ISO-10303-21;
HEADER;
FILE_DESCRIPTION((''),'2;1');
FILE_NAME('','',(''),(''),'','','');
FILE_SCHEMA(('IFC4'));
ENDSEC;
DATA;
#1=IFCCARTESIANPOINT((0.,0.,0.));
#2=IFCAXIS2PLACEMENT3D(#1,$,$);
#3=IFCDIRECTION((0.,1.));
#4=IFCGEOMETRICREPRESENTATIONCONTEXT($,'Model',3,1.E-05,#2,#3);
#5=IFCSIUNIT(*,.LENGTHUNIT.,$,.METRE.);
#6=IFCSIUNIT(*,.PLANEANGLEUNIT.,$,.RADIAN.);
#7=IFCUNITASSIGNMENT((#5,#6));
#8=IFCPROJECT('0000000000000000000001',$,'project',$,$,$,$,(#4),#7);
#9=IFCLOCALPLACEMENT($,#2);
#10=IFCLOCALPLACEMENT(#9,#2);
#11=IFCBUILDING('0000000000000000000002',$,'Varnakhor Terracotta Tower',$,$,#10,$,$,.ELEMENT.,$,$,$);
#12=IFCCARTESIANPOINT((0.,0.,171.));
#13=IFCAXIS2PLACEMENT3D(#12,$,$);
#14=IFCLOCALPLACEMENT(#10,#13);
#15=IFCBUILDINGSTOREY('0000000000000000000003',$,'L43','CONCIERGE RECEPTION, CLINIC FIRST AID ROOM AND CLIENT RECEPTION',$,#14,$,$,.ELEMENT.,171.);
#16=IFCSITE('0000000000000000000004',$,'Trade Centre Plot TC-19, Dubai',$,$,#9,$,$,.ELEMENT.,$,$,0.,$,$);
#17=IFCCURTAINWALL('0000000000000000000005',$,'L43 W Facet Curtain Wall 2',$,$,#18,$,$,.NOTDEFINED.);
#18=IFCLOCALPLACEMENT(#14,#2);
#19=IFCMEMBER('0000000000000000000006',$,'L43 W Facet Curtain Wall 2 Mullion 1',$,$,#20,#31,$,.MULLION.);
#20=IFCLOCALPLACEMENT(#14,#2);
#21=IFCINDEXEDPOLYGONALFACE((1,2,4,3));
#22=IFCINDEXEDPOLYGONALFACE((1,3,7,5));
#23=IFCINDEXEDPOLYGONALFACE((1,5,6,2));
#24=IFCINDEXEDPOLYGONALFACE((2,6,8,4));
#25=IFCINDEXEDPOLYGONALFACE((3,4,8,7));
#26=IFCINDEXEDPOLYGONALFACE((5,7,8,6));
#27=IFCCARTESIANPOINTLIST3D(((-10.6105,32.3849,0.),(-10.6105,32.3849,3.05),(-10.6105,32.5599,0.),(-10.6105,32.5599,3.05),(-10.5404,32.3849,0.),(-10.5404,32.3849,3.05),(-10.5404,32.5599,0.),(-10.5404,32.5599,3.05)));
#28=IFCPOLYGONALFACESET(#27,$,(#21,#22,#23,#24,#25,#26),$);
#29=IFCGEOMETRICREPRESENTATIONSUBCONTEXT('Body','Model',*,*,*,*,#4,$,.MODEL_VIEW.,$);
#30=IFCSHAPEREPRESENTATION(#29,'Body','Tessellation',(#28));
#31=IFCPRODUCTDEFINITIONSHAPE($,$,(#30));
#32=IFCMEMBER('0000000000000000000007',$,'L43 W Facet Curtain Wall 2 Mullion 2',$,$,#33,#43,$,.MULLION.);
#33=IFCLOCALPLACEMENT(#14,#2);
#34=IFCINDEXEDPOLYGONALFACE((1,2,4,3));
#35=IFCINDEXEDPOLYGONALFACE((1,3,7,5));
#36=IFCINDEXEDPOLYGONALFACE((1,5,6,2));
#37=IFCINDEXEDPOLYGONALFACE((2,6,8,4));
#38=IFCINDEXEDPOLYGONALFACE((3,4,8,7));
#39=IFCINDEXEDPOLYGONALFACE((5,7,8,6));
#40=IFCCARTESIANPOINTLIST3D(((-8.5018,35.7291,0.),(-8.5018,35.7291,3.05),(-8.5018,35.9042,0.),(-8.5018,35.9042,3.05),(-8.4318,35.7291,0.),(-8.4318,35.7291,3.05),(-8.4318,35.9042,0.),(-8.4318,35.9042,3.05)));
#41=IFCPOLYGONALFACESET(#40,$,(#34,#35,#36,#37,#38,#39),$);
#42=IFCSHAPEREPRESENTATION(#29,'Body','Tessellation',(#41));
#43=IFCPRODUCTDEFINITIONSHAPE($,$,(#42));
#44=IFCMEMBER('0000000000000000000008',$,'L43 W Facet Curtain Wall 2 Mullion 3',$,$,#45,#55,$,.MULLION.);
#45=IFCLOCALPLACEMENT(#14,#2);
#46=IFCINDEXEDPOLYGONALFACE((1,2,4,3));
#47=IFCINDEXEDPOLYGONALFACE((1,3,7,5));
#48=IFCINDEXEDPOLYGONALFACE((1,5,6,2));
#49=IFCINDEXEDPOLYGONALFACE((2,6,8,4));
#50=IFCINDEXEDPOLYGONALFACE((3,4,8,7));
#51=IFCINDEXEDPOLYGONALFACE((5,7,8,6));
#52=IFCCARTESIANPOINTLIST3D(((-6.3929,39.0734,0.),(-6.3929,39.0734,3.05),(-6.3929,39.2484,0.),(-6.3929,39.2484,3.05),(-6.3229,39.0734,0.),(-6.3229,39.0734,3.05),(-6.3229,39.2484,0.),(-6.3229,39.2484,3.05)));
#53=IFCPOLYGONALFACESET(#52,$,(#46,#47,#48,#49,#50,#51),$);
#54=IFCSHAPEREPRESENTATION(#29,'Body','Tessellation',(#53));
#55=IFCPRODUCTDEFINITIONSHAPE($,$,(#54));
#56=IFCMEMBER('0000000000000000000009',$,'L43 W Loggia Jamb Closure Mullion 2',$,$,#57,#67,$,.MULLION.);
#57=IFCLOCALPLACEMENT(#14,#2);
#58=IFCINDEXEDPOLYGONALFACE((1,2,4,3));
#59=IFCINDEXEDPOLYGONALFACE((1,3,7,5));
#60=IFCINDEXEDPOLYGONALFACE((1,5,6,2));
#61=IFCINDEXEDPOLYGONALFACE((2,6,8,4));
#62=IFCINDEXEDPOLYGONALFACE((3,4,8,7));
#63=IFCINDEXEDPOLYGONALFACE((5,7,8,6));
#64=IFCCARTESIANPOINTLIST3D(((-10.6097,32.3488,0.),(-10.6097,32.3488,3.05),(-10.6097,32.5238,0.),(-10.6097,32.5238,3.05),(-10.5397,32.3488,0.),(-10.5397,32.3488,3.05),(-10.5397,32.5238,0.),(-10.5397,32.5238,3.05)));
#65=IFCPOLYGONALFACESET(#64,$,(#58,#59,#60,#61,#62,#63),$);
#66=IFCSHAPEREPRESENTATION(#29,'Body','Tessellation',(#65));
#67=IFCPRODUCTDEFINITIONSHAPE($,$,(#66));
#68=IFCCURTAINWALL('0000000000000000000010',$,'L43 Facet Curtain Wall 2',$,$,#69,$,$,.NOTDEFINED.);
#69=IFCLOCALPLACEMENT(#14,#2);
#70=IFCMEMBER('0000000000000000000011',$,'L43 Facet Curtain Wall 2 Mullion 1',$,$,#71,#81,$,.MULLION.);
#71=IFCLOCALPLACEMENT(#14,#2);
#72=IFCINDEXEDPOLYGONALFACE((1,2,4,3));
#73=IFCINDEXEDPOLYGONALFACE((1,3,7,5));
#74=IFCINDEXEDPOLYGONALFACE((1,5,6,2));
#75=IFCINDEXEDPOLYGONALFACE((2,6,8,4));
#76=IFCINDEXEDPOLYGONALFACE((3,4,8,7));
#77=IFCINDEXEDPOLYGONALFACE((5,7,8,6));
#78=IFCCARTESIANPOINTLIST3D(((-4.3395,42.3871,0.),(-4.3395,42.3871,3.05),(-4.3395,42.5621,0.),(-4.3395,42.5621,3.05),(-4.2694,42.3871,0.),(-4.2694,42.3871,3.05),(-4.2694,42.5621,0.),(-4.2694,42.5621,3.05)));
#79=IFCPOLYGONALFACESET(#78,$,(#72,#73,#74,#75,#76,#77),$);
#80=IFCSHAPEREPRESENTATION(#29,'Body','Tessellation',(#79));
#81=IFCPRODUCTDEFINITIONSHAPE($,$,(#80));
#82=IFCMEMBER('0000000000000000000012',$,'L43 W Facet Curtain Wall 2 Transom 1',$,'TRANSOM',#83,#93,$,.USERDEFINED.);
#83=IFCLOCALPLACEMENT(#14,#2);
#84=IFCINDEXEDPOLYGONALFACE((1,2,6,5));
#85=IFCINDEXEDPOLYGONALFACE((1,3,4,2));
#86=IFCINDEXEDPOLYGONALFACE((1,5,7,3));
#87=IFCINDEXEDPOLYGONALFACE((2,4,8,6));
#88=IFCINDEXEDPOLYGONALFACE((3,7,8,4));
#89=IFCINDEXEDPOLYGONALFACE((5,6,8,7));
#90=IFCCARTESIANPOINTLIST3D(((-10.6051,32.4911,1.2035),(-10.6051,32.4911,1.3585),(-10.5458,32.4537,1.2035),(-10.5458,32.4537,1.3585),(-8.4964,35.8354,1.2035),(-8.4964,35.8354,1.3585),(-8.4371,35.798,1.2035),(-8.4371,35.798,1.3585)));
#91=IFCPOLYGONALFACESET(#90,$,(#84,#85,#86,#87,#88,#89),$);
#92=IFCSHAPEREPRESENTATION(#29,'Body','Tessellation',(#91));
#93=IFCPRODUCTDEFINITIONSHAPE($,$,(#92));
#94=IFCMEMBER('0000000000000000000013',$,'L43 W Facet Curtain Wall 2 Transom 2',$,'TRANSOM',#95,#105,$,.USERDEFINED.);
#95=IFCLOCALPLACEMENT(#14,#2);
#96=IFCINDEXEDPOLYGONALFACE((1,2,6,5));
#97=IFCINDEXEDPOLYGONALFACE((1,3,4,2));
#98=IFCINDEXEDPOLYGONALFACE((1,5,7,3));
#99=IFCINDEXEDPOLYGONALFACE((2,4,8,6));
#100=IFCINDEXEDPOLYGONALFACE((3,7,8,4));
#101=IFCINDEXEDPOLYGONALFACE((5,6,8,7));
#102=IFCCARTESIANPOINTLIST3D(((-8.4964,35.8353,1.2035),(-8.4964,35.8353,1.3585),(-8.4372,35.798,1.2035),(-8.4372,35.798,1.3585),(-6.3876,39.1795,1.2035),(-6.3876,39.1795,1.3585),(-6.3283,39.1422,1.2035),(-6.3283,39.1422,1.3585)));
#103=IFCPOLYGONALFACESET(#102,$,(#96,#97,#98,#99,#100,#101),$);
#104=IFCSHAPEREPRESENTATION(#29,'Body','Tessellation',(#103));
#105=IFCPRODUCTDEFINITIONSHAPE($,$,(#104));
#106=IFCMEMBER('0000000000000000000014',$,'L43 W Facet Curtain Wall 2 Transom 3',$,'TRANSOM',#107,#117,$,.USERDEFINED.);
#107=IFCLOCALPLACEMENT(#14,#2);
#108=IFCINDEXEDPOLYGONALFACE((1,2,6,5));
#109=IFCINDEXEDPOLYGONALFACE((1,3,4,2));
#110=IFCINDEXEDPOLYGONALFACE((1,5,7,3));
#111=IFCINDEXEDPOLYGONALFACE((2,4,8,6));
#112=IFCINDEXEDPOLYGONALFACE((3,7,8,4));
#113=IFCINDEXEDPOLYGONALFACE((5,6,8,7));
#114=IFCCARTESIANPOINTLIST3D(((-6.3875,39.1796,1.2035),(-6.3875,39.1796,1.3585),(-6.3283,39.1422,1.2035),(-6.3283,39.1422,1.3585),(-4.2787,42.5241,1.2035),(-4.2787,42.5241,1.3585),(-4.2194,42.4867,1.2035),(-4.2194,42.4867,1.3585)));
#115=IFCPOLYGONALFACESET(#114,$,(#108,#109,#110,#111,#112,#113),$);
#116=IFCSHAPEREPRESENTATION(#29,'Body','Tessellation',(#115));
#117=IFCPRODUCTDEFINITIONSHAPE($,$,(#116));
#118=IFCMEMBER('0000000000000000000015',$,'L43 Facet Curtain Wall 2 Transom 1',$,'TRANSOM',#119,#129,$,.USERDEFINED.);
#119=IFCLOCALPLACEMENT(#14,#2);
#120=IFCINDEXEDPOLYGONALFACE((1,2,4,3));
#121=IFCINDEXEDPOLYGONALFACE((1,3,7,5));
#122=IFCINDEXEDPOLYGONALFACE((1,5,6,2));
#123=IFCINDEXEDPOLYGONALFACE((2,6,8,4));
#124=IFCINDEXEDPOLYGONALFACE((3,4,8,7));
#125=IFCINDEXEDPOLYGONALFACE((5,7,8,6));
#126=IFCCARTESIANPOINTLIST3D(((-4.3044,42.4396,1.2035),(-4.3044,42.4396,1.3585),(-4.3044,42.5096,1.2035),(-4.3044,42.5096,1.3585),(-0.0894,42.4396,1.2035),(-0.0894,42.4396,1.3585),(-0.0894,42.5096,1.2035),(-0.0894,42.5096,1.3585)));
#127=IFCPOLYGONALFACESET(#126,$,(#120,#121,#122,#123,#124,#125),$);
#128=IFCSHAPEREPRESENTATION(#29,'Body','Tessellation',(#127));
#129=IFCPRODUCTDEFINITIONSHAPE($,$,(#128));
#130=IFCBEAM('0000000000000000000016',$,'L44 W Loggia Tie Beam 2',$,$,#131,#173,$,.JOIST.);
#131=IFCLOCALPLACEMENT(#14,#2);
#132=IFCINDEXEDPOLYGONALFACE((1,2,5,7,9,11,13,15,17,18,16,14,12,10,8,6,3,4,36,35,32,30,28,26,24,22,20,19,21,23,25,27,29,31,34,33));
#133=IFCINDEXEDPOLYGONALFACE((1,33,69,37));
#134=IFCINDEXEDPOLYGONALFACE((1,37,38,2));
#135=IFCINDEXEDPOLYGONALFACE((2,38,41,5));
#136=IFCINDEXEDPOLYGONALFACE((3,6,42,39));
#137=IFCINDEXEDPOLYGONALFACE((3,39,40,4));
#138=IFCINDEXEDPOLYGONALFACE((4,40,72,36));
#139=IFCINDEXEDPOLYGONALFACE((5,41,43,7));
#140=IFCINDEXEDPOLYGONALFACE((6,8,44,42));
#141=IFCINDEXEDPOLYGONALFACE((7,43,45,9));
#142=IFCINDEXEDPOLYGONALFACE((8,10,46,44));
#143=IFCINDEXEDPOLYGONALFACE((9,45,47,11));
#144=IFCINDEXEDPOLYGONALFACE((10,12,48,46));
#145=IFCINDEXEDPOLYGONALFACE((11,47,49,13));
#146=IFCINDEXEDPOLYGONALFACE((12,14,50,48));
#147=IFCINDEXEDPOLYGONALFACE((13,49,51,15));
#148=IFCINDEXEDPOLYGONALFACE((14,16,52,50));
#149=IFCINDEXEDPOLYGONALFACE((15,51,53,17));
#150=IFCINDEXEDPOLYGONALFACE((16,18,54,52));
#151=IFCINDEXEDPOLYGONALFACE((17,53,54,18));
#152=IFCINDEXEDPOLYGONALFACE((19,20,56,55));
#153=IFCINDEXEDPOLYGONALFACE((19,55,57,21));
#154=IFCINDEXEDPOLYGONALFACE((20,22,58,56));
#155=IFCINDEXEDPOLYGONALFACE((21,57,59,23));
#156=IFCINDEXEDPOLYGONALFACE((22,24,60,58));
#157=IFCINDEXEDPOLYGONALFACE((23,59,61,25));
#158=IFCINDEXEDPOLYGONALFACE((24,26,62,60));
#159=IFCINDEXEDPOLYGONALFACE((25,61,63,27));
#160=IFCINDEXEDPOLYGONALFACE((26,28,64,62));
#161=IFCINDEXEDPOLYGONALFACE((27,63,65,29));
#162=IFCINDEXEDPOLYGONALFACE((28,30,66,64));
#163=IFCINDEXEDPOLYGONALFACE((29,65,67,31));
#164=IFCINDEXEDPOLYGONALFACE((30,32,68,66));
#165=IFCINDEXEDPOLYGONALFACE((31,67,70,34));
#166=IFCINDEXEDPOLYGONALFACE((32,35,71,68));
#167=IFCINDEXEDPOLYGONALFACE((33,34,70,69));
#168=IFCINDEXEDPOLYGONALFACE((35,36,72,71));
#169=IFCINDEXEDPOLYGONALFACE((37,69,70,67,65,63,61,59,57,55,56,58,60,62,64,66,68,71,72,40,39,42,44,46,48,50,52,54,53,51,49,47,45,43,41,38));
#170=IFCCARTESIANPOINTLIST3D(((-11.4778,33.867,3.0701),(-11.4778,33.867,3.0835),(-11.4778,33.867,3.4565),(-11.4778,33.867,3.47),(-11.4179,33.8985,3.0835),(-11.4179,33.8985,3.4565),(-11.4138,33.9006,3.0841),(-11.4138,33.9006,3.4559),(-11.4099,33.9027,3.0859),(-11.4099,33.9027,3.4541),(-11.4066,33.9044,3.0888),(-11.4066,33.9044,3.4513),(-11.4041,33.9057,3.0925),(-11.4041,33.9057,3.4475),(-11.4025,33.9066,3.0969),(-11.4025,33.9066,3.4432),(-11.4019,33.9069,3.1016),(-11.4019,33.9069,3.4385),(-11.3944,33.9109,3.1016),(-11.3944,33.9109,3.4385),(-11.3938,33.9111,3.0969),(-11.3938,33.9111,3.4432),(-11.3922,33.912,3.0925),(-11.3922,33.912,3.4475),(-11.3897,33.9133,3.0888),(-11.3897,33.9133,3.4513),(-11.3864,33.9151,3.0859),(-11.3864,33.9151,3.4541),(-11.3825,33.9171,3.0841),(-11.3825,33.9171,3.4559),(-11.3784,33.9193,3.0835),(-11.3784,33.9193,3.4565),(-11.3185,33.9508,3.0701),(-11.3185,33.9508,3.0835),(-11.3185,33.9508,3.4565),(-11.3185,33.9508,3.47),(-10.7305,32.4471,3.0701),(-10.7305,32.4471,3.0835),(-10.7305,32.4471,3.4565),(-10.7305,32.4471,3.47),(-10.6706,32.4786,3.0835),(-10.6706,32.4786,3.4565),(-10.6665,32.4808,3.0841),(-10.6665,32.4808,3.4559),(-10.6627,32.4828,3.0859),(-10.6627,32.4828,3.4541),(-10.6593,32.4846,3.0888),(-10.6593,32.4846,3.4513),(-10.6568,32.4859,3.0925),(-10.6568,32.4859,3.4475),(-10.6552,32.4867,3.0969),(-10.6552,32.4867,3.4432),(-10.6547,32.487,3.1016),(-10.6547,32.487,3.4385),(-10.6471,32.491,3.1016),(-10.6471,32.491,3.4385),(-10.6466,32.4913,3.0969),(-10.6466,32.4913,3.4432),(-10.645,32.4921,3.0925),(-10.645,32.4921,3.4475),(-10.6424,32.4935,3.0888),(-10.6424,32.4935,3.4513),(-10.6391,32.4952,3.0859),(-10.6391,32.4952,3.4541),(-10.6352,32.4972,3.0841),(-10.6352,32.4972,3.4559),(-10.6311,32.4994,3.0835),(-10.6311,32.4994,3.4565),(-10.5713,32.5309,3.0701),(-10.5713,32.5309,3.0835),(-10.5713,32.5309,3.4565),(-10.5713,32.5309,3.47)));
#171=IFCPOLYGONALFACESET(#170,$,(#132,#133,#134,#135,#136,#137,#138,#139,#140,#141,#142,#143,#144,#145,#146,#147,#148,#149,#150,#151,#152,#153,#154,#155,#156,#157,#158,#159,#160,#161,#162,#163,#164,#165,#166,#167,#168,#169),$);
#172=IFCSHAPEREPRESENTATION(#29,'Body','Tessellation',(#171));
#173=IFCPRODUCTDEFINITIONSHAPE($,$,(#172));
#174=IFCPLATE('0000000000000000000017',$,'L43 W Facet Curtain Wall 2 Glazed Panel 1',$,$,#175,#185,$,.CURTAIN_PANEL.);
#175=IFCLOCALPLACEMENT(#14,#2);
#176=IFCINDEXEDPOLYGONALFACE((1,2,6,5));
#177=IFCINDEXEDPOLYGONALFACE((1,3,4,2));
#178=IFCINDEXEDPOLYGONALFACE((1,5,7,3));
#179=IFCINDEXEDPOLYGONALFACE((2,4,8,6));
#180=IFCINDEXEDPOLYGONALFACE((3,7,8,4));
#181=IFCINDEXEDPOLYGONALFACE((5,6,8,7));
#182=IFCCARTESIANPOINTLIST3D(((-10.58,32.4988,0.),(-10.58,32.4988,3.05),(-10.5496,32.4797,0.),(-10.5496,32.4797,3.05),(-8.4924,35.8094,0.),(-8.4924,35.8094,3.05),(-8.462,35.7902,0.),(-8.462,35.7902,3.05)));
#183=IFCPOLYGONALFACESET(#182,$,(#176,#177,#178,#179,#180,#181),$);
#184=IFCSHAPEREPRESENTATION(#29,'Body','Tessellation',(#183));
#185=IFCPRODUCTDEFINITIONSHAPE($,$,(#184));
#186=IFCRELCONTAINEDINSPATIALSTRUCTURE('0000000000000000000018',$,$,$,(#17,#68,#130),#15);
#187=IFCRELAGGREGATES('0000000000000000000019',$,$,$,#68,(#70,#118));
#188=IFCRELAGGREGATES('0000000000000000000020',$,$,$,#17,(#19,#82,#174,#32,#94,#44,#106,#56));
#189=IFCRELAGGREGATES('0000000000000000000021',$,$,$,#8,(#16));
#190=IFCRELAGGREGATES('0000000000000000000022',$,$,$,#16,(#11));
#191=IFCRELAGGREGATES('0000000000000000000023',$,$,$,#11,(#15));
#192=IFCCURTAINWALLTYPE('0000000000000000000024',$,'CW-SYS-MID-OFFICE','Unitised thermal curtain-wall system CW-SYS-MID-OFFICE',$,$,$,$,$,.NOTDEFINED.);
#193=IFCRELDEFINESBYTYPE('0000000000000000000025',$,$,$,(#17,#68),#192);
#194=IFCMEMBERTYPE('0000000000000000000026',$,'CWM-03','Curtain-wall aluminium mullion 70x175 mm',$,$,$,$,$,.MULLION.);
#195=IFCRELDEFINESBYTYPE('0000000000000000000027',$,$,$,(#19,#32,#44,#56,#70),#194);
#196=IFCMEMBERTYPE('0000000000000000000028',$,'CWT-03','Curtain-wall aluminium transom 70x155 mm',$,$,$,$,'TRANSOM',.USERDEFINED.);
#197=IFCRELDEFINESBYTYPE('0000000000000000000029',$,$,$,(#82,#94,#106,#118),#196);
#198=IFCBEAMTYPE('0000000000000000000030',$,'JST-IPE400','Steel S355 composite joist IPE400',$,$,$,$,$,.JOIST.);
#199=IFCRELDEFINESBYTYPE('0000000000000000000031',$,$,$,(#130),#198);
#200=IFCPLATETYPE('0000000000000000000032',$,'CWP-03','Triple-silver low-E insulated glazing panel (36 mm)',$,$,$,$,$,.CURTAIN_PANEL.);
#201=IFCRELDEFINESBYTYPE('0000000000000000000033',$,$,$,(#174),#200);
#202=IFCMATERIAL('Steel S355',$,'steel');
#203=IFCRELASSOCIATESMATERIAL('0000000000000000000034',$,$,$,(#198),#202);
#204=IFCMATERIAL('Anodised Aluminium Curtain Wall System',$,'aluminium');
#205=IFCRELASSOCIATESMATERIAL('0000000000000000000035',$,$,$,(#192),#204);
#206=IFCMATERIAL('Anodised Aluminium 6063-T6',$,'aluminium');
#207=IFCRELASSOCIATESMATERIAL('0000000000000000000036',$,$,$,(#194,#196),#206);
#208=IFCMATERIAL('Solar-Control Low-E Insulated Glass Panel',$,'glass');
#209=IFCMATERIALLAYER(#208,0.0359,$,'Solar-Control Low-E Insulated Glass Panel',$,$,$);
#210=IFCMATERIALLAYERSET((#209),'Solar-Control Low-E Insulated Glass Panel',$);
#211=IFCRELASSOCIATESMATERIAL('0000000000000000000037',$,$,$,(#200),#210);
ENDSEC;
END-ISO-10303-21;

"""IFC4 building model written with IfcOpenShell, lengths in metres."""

from ifc_helpers import new_model, si_unit, direction, frame, origin, origin_2d, place, context, subcontext, project, spatial, rectangle, i_section, extrude, source, transform, mapped, material, layer, layer_set, material_profile, profile_set, type_object, element, aggregate, save


model = new_model("IFC4")

# Units and contexts
model_context = context("Model", 3, precision=1e-05, world=origin(), true_north=direction((0.0, 1.0)))
body_context = subcontext(model_context, "Body", "Model", "MODEL_VIEW")
ifc_project = project(units=[si_unit("LENGTHUNIT", "METRE"), si_unit("PLANEANGLEUNIT", "RADIAN")], contexts=[model_context])

# Site, building, storey
site_placement = place(None, origin())
site = spatial("IfcSite", under=ifc_project, at=site_placement, Name="Trade Centre Plot TC-19, Dubai", CompositionType="ELEMENT", RefElevation=0.0)
building_placement = place(site_placement, origin())
building = spatial("IfcBuilding", under=site, at=building_placement, Name="Varnakhor Terracotta Tower", CompositionType="ELEMENT")
storey_placement = place(building_placement, frame((0.0, 0.0, 171.0)))
storey = spatial("IfcBuildingStorey", under=building, at=storey_placement, Name="L43", Description="CONCIERGE RECEPTION, CLINIC FIRST AID ROOM AND CLIENT RECEPTION", CompositionType="ELEMENT", Elevation=171.0)

# Shared definitions
ifc_material_1 = material(Name="Steel S355", Category="steel")
ifc_material_profile_1 = material_profile(ifc_material_1, i_section(OverallWidth=0.1799, OverallDepth=0.3999, WebThickness=0.0085, FlangeThickness=0.0134, FilletRadius=0.0181, at=origin_2d()), Name="IPE400")
ifc_profile_set_1 = profile_set([ifc_material_profile_1], Name="Steel S355")
beam_type_1 = type_object("IfcBeamType", Name="JST-IPE400", Description="Steel S355 composite joist IPE400", PredefinedType="JOIST", material=ifc_profile_set_1)

# Curtain wall, members
ifc_material_2 = material(Name="Anodised Aluminium Curtain Wall System", Category="aluminium")
curtain_wall_type = type_object("IfcCurtainWallType", Name="CW-SYS-MID-OFFICE", Description="Unitised thermal curtain-wall system CW-SYS-MID-OFFICE", PredefinedType="NOTDEFINED", material=ifc_material_2)
curtain_wall_1_placement = place(storey_placement, origin())
curtain_wall_1 = element("IfcCurtainWall", 1, at=curtain_wall_1_placement, inside=storey, type_object=curtain_wall_type, Name="L43 W Facet Curtain Wall 2", PredefinedType="NOTDEFINED")
ifc_material_3 = material(Name="Anodised Aluminium 6063-T6", Category="aluminium")
ifc_material_profile_2 = material_profile(ifc_material_3, rectangle(XDim=0.0701, YDim=0.175, at=origin_2d()), Name="ALU MULLION 70x175")
ifc_profile_set_2 = profile_set([ifc_material_profile_2], Name="Anodised Aluminium 6063-T6")
member_type_1 = type_object("IfcMemberType", Name="CWM-03", Description="Curtain-wall aluminium mullion 70x175 mm", PredefinedType="MULLION", material=ifc_profile_set_2)
shared_shape_1 = source(origin(), body_context, "Body", "SweptSolid", [
    extrude(rectangle(XDim=0.0701, YDim=0.175, at=origin_2d()), origin(), (0.0, 0.0, 1.0), 3.05),
])
member_1_placement = place(storey_placement, frame((-10.5754, 32.4724, 0.0), z_axis=(0.0, 0.0, 1.0), x_axis=(1.0, 0.0, 0.0)))
member_1 = element("IfcMember", 2, at=member_1_placement, type_object=member_type_1, Name="L43 W Facet Curtain Wall 2 Mullion 1", PredefinedType="MULLION", context=body_context, shape_type="MappedRepresentation", body=[
    mapped(shared_shape_1, transform((0.0, 0.0, 0.0), scale=1.0)),
])
member_2_placement = place(storey_placement, frame((-8.4668, 35.8167, 0.0), z_axis=(0.0, 0.0, 1.0), x_axis=(1.0, 0.0, 0.0)))
member_2 = element("IfcMember", 3, at=member_2_placement, type_object=member_type_1, Name="L43 W Facet Curtain Wall 2 Mullion 2", PredefinedType="MULLION", context=body_context, shape_type="MappedRepresentation", body=[
    mapped(shared_shape_1, transform((0.0, 0.0, 0.0), scale=1.0)),
])
member_3_placement = place(storey_placement, frame((-6.3579, 39.1609, 0.0), z_axis=(0.0, 0.0, 1.0), x_axis=(1.0, 0.0, 0.0)))
member_3 = element("IfcMember", 4, at=member_3_placement, type_object=member_type_1, Name="L43 W Facet Curtain Wall 2 Mullion 3", PredefinedType="MULLION", context=body_context, shape_type="MappedRepresentation", body=[
    mapped(shared_shape_1, transform((0.0, 0.0, 0.0), scale=1.0)),
])
member_4_placement = place(storey_placement, frame((-10.5747, 32.4363, 0.0), z_axis=(0.0, 0.0, 1.0), x_axis=(1.0, 0.0, 0.0)))
member_4 = element("IfcMember", 5, at=member_4_placement, type_object=member_type_1, Name="L43 W Loggia Jamb Closure Mullion 2", PredefinedType="MULLION", context=body_context, shape_type="MappedRepresentation", body=[
    mapped(shared_shape_1, transform((0.0, 0.0, 0.0), scale=1.0)),
])

# Curtain wall, member
curtain_wall_2_placement = place(storey_placement, origin())
curtain_wall_2 = element("IfcCurtainWall", 6, at=curtain_wall_2_placement, inside=storey, type_object=curtain_wall_type, Name="L43 Facet Curtain Wall 2", PredefinedType="NOTDEFINED")
member_5_placement = place(storey_placement, frame((-4.3044, 42.4746, 0.0), z_axis=(0.0, 0.0, 1.0), x_axis=(1.0, 0.0, 0.0)))
member_5 = element("IfcMember", 7, at=member_5_placement, type_object=member_type_1, Name="L43 Facet Curtain Wall 2 Mullion 1", PredefinedType="MULLION", context=body_context, shape_type="MappedRepresentation", body=[
    mapped(shared_shape_1, transform((0.0, 0.0, 0.0), scale=1.0)),
])

# Members
ifc_material_profile_3 = material_profile(ifc_material_3, rectangle(XDim=0.0701, YDim=0.155, at=origin_2d()), Name="ALU TRANSOM 70x155")
ifc_profile_set_3 = profile_set([ifc_material_profile_3], Name="Anodised Aluminium 6063-T6")
member_type_2 = type_object("IfcMemberType", Name="CWT-03", Description="Curtain-wall aluminium transom 70x155 mm", ElementType="TRANSOM", PredefinedType="USERDEFINED", material=ifc_profile_set_3)
shared_shape_2 = source(origin(), body_context, "Body", "SweptSolid", [
    extrude(rectangle(XDim=0.0701, YDim=0.155, at=origin_2d()), origin(), (0.0, 0.0, 1.0), 3.9536),
])
member_6_placement = place(storey_placement, frame((-10.5754, 32.4724, 1.281), z_axis=(0.533359, 0.845889, 0.0), x_axis=(-0.845889, 0.533359, 0.0)))
member_6 = element("IfcMember", 8, at=member_6_placement, type_object=member_type_2, Name="L43 W Facet Curtain Wall 2 Transom 1", ObjectType="TRANSOM", PredefinedType="USERDEFINED", context=body_context, shape_type="MappedRepresentation", body=[
    mapped(shared_shape_2, transform((0.0, 0.0, 0.0), scale=1.0)),
])
member_7_placement = place(storey_placement, frame((-8.4668, 35.8167, 1.281), z_axis=(0.533403, 0.845861, 0.0), x_axis=(-0.845861, 0.533403, 0.0)))
member_7 = element("IfcMember", 9, at=member_7_placement, type_object=member_type_2, Name="L43 W Facet Curtain Wall 2 Transom 2", ObjectType="TRANSOM", PredefinedType="USERDEFINED", context=body_context, shape_type="MappedRepresentation", body=[
    mapped(shared_shape_2, transform((0.0, 0.0, 0.0), scale=1.0)),
])
shared_shape_3 = source(origin(), body_context, "Body", "SweptSolid", [
    extrude(rectangle(XDim=0.0701, YDim=0.155, at=origin_2d()), origin(), (0.0, 0.0, 1.0), 3.9539),
])
member_8_placement = place(storey_placement, frame((-6.3579, 39.1609, 1.281), z_axis=(0.533375, 0.845879, 0.0), x_axis=(-0.845879, 0.533375, 0.0)))
member_8 = element("IfcMember", 10, at=member_8_placement, type_object=member_type_2, Name="L43 W Facet Curtain Wall 2 Transom 3", ObjectType="TRANSOM", PredefinedType="USERDEFINED", context=body_context, shape_type="MappedRepresentation", body=[
    mapped(shared_shape_3, transform((0.0, 0.0, 0.0), scale=1.0)),
])
shared_shape_4 = source(origin(), body_context, "Body", "SweptSolid", [
    extrude(rectangle(XDim=0.0701, YDim=0.155, at=origin_2d()), origin(), (0.0, 0.0, 1.0), 4.2151),
])
member_9_placement = place(storey_placement, frame((-4.3044, 42.4746, 1.281), z_axis=(1.0, 0.0, 0.0), x_axis=(0.0, 1.0, 0.0)))
member_9 = element("IfcMember", 11, at=member_9_placement, type_object=member_type_2, Name="L43 Facet Curtain Wall 2 Transom 1", ObjectType="TRANSOM", PredefinedType="USERDEFINED", context=body_context, shape_type="MappedRepresentation", body=[
    mapped(shared_shape_4, transform((0.0, 0.0, 0.0), scale=1.0)),
])
aggregate(curtain_wall_2, [member_5, member_9])

# Beam
shared_shape_5 = source(origin(), body_context, "Body", "SweptSolid", [
    extrude(i_section(OverallWidth=0.1799, OverallDepth=0.3999, WebThickness=0.0085, FlangeThickness=0.0134, FilletRadius=0.0181, at=origin_2d()), origin(), (0.0, 0.0, 1.0), 1.6045),
])
beam_1_placement = place(storey_placement, frame((-10.6509, 32.489, 3.27), z_axis=(-0.46574, 0.884922, 0.0), x_axis=(-0.884922, -0.46574, 0.0)))
element("IfcBeam", 12, at=beam_1_placement, inside=storey, type_object=beam_type_1, Name="L44 W Loggia Tie Beam 2", PredefinedType="JOIST", context=body_context, shape_type="MappedRepresentation", body=[
    mapped(shared_shape_5, transform((0.0, 0.0, 0.0), scale=1.0)),
])

# Plate
ifc_material_4 = material(Name="Solar-Control Low-E Insulated Glass Panel", Category="glass")
ifc_layer_1 = layer(ifc_material_4, 0.0359, Name="Solar-Control Low-E Insulated Glass Panel")
ifc_layer_set_1 = layer_set([ifc_layer_1], Name="Solar-Control Low-E Insulated Glass Panel")
plate_type = type_object("IfcPlateType", Name="CWP-03", Description="Triple-silver low-E insulated glazing panel (36 mm)", PredefinedType="CURTAIN_PANEL", material=ifc_layer_set_1)
shared_shape_6 = source(origin(), body_context, "Body", "SweptSolid", [
    extrude(rectangle(XDim=3.9138, YDim=0.0359, at=origin_2d()), origin(), (0.0, 0.0, 1.0), 3.05),
])
plate_1_placement = place(storey_placement, frame((-9.521, 34.1445, 0.0), z_axis=(0.0, 0.0, 1.0), x_axis=(0.533393, 0.845867, 0.0)))
plate_1 = element("IfcPlate", 13, at=plate_1_placement, type_object=plate_type, Name="L43 W Facet Curtain Wall 2 Glazed Panel 1", PredefinedType="CURTAIN_PANEL", context=body_context, shape_type="MappedRepresentation", body=[
    mapped(shared_shape_6, transform((0.0, 0.0, 0.0), scale=1.0)),
])
aggregate(curtain_wall_1, [member_1, member_6, plate_1, member_2, member_7, member_3, member_8, member_4])

save(model, "model.ifc")
